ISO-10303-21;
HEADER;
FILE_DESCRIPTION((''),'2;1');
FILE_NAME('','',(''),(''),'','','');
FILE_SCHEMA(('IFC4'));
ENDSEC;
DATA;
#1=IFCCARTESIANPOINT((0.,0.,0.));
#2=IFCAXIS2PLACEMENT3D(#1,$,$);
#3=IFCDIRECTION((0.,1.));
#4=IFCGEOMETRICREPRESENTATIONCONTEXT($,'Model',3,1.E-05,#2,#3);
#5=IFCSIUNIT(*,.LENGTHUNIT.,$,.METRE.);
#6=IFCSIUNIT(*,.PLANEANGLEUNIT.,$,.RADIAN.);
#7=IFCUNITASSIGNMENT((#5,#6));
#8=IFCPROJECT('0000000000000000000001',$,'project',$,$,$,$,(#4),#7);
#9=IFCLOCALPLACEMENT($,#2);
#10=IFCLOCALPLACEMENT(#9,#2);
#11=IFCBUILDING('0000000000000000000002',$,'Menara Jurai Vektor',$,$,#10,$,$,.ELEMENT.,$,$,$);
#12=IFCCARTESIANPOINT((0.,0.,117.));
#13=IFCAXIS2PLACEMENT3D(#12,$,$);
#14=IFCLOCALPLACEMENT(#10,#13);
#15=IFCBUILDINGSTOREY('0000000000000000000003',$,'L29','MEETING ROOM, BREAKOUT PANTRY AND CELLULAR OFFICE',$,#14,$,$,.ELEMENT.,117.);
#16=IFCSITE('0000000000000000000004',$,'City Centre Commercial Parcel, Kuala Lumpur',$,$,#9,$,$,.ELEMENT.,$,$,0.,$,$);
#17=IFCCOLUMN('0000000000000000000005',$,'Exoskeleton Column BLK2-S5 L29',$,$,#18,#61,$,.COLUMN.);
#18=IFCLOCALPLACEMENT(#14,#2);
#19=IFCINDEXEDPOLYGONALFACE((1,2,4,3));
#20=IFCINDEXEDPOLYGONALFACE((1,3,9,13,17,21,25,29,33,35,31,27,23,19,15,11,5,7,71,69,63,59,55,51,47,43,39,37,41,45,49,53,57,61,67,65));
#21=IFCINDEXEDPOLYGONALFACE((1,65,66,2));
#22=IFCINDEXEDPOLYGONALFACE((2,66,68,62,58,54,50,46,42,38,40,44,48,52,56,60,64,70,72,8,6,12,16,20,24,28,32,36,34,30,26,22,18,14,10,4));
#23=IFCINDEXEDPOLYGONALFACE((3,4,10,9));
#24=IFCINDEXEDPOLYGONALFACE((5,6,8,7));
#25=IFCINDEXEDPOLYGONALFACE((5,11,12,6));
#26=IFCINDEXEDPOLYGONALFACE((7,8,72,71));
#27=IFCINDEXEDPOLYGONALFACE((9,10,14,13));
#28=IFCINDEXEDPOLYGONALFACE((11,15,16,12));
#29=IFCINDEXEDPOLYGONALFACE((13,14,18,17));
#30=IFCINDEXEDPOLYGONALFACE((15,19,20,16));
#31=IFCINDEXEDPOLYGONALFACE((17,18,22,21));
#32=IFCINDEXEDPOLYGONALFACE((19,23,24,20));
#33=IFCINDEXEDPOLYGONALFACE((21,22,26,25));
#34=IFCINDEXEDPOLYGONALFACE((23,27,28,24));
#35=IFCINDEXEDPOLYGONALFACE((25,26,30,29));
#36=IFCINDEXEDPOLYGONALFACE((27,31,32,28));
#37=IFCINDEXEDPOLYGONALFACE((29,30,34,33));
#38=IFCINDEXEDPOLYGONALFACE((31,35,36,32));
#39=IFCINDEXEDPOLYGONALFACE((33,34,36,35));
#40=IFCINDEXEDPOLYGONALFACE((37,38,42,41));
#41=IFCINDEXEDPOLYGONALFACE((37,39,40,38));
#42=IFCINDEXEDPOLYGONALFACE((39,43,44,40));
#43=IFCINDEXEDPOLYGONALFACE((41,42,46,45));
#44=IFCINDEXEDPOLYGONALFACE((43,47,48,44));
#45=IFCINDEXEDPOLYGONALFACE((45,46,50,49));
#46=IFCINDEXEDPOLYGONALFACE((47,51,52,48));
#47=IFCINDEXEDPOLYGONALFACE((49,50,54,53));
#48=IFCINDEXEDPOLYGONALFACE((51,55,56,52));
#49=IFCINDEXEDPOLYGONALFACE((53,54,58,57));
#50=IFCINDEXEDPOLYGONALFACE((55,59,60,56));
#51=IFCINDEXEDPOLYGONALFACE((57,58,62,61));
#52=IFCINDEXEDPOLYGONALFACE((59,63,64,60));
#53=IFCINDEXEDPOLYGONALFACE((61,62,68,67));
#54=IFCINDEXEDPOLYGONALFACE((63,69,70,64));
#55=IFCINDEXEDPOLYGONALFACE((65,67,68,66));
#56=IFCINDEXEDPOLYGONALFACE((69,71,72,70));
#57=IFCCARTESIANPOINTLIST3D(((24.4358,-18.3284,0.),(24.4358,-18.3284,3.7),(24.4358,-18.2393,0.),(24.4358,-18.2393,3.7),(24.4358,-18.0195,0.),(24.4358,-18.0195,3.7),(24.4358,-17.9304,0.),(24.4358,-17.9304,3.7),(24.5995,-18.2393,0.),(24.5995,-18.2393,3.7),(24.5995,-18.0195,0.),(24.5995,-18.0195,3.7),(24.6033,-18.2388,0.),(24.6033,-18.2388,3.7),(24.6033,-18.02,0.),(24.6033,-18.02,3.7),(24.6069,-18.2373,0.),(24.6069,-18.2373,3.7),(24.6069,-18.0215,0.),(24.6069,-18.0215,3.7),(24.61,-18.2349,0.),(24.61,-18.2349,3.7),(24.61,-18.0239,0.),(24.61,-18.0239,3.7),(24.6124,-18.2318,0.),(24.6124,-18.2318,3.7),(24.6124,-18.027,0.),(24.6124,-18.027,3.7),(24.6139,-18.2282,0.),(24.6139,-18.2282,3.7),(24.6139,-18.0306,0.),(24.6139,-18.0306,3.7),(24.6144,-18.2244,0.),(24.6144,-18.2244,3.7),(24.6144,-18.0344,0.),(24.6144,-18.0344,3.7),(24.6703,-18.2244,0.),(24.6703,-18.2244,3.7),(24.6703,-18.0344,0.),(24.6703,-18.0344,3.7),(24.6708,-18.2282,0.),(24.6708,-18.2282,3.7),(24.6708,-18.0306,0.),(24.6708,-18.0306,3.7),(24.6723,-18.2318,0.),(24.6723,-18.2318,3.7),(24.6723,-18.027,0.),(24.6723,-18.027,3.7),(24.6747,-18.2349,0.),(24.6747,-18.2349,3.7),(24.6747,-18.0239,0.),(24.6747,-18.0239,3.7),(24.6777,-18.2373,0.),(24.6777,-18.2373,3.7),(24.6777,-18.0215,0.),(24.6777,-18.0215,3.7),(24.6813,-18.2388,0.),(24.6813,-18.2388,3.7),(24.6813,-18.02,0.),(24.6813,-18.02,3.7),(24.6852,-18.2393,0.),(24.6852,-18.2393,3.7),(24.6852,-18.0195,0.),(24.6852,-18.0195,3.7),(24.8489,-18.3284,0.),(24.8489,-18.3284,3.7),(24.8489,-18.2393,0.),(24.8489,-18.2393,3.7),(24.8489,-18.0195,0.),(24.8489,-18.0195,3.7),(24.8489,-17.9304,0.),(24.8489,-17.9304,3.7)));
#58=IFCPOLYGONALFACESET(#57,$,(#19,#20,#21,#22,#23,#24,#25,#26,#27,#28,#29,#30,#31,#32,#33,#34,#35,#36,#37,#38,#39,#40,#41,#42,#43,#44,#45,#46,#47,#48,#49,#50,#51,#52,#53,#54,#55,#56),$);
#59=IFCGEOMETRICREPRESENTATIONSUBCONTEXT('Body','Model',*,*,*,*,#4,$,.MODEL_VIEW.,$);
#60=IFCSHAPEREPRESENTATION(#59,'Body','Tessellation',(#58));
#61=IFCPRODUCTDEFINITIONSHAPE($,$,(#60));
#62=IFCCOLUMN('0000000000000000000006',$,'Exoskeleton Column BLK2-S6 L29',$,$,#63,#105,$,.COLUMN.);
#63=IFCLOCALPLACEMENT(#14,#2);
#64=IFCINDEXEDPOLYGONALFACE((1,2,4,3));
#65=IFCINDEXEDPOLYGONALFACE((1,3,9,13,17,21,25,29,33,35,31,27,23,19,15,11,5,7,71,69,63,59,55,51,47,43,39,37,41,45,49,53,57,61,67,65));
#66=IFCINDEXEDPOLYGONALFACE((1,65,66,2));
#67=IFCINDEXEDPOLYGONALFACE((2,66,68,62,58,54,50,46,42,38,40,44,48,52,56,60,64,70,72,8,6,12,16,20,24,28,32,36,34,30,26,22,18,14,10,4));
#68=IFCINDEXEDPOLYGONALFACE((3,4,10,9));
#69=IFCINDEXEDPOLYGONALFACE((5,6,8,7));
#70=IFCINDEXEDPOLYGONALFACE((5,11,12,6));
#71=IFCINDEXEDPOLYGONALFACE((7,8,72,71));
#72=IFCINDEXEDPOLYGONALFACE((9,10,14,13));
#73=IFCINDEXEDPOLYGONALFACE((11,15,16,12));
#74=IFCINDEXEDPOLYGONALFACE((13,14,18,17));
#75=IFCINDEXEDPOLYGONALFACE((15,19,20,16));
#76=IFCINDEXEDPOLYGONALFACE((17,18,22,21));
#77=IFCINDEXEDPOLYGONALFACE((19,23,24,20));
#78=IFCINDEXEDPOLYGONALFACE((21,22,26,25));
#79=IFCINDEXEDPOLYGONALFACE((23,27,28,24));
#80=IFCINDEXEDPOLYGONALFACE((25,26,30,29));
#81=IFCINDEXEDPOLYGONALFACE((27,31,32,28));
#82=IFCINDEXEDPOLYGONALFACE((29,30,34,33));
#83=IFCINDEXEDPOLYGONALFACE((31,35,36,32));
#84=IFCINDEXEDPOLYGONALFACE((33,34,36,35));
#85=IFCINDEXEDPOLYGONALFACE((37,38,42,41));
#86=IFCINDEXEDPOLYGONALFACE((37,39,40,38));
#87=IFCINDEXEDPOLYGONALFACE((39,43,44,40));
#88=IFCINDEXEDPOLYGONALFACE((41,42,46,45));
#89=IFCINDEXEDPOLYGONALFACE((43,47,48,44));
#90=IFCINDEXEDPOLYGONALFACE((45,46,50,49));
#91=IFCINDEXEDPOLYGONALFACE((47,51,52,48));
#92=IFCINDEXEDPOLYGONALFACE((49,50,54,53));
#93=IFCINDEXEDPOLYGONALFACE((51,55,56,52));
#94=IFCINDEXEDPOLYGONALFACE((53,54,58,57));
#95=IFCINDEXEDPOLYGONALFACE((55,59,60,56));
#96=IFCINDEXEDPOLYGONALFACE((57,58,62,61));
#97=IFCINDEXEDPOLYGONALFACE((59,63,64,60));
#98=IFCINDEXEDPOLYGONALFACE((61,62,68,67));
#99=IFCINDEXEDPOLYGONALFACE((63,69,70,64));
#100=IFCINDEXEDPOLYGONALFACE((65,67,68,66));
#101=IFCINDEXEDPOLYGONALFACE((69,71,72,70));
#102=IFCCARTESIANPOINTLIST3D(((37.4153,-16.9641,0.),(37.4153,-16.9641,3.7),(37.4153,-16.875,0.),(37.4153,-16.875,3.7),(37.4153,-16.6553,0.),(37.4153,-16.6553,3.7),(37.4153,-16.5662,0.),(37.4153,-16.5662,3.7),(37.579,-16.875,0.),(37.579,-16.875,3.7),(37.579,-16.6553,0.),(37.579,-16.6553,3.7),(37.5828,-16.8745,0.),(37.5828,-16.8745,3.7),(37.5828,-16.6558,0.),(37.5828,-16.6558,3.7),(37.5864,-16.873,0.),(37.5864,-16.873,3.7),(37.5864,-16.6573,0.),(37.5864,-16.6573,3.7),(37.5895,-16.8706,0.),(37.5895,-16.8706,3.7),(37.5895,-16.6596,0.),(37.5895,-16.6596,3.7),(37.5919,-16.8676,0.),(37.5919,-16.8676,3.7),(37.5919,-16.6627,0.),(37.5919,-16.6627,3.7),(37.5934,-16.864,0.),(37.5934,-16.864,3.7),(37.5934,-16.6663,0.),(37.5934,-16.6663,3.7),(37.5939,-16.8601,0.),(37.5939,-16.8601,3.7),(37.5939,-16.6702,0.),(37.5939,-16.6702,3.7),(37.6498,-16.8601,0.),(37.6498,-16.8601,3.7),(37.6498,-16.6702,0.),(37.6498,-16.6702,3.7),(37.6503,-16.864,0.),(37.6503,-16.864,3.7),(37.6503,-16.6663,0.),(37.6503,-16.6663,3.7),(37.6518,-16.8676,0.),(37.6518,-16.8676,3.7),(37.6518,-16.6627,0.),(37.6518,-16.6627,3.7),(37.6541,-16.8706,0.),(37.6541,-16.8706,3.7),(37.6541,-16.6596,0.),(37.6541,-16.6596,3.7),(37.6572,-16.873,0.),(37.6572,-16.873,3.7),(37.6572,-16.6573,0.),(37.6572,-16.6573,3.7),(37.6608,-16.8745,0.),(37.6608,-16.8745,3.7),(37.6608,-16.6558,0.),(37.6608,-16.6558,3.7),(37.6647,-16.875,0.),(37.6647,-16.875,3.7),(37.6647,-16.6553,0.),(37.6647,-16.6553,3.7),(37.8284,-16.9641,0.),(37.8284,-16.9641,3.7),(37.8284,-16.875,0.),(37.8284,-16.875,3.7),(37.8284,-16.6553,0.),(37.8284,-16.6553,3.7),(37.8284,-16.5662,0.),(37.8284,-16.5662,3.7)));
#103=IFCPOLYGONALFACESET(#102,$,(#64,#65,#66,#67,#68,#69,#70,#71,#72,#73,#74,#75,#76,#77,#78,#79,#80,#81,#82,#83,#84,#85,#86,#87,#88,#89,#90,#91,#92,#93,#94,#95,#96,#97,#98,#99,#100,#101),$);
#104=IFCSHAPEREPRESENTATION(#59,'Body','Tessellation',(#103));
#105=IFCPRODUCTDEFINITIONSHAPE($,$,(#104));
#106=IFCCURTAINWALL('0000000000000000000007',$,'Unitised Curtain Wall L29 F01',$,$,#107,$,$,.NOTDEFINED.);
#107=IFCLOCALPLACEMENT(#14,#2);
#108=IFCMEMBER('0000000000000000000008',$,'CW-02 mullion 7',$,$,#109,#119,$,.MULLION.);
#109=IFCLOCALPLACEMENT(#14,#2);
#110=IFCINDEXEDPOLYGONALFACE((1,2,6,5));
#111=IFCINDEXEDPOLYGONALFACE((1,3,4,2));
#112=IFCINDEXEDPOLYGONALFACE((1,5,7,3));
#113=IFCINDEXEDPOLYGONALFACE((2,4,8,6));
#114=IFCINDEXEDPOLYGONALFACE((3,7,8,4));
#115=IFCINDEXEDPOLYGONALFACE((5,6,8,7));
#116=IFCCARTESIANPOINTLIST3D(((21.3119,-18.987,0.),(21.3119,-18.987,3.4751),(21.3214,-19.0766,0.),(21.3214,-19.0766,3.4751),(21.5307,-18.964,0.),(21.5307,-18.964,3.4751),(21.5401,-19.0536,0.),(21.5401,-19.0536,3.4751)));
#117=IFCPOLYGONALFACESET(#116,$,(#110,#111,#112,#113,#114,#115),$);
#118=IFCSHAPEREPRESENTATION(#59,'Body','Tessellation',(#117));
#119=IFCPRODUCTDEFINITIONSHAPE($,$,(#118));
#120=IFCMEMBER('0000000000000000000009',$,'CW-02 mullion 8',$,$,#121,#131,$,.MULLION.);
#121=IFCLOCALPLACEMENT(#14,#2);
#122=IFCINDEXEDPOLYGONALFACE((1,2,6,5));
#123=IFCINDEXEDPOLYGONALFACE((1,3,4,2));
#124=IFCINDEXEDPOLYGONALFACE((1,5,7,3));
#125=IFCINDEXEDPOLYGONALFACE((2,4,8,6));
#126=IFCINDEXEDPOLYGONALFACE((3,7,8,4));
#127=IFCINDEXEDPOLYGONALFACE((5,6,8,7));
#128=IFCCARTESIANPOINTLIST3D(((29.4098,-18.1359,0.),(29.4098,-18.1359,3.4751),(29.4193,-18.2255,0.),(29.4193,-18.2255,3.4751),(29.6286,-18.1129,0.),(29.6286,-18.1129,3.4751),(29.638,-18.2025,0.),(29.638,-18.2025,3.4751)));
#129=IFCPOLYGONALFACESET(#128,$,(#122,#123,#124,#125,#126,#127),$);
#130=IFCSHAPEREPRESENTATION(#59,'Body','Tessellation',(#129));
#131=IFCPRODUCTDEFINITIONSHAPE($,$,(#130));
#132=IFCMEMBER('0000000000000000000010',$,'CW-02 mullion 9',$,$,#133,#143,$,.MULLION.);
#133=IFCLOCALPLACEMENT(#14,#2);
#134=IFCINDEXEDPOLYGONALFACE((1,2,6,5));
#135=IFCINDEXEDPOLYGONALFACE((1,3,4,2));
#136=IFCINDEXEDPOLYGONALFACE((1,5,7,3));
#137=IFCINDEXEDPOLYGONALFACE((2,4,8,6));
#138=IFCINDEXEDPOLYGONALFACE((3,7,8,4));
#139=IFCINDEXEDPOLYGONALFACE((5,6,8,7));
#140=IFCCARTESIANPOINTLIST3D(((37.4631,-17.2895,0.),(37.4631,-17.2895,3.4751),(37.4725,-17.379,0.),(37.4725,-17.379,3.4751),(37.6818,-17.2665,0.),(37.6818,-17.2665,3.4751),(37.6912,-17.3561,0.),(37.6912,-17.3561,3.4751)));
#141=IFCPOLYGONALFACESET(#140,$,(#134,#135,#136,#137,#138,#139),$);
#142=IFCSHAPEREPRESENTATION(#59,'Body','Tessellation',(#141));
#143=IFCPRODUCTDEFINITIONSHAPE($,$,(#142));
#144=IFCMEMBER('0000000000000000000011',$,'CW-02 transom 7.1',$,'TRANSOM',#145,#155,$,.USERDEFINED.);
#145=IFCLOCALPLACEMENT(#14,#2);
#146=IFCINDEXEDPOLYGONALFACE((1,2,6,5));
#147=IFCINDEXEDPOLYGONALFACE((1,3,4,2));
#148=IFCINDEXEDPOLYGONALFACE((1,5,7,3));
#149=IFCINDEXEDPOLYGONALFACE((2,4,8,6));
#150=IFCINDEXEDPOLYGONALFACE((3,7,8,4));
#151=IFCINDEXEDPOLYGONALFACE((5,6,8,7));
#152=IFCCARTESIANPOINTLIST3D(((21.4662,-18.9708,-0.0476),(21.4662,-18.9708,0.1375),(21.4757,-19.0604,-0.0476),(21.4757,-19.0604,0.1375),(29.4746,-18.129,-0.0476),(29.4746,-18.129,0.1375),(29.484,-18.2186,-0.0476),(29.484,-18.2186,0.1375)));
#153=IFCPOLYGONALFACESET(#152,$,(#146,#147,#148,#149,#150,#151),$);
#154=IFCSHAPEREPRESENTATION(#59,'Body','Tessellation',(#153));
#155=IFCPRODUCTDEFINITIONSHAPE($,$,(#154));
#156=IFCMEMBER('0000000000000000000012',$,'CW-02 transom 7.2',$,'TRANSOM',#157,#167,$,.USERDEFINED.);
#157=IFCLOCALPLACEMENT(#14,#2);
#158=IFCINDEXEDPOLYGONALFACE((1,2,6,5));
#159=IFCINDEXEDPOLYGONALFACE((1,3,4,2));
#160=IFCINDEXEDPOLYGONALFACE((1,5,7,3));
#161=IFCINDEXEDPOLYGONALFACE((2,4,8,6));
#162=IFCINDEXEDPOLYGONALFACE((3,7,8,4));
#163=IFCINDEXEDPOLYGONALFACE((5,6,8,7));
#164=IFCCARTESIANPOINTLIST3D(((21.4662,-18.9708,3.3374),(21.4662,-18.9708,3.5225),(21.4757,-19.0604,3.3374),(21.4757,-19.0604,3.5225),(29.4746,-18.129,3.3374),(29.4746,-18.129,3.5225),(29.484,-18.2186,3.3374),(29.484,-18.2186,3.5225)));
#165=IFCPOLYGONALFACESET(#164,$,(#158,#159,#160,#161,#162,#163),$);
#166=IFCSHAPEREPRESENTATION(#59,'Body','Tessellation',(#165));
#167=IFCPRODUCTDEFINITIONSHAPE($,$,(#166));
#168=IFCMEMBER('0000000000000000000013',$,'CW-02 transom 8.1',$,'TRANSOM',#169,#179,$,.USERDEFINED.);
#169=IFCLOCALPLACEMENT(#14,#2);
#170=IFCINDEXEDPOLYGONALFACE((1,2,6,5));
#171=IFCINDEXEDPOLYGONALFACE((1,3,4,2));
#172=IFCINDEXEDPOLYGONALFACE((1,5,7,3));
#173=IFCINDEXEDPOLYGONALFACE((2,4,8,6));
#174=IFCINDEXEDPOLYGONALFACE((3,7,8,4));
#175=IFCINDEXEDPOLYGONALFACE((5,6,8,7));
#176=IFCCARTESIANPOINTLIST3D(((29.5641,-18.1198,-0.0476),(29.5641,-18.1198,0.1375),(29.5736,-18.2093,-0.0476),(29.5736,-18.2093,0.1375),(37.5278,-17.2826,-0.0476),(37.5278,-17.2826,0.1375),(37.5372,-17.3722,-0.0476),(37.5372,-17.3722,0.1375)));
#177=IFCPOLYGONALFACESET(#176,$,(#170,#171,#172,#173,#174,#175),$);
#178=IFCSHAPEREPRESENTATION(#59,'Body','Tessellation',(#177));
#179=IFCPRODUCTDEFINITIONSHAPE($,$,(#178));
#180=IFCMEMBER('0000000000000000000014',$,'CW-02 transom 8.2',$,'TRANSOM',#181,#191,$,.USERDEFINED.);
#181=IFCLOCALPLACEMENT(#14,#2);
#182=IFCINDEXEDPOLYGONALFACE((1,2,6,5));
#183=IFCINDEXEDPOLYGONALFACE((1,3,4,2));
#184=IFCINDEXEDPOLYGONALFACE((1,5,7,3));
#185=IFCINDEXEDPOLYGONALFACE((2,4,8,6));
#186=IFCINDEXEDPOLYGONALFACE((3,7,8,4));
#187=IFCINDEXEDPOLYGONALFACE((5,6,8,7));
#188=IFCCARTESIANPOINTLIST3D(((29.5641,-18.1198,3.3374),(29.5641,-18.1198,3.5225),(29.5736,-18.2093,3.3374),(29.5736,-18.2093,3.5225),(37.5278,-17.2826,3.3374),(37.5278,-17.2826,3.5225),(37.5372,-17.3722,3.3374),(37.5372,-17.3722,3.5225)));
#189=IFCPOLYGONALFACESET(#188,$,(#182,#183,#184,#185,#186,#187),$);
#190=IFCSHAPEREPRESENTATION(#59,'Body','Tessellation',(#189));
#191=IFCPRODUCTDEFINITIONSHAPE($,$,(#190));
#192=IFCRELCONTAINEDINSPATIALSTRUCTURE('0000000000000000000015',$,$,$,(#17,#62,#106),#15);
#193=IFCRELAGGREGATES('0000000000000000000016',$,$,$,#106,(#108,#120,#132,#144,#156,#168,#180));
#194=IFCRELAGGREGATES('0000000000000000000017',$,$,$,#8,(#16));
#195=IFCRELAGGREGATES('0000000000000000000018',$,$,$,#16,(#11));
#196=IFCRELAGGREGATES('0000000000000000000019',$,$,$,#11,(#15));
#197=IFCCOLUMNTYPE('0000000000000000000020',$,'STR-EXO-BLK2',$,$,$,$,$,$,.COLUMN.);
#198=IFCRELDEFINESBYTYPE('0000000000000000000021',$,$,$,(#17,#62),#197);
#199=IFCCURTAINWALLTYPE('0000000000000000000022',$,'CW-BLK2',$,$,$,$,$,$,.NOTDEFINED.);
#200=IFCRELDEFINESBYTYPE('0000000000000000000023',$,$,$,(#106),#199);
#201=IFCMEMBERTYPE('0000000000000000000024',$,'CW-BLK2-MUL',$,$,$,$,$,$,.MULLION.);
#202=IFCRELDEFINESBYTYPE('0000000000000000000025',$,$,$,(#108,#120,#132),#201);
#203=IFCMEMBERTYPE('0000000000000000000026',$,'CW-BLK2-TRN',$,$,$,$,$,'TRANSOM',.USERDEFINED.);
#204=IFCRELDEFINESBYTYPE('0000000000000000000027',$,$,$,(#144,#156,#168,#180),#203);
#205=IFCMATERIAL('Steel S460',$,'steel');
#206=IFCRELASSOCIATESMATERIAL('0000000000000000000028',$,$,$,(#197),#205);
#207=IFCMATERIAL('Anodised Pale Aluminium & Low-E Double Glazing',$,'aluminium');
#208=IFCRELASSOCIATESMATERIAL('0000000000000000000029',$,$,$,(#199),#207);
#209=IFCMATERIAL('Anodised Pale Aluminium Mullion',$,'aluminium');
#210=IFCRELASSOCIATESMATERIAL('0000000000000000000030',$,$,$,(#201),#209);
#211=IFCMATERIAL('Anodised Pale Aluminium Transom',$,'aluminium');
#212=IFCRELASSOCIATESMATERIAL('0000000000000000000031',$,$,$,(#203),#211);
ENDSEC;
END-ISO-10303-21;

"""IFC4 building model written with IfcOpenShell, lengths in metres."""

from ifc_helpers import new_model, si_unit, direction, frame, origin, origin_2d, place, context, subcontext, project, spatial, rectangle, i_section, extrude, material, material_profile, profile_set, type_object, element, aggregate, save


model = new_model("IFC4")

# Units and contexts
model_context = context("Model", 3, precision=1e-05, world=origin(), true_north=direction((0.0, 1.0)))
body_context = subcontext(model_context, "Body", "Model", "MODEL_VIEW")
ifc_project = project(units=[si_unit("LENGTHUNIT", "METRE"), si_unit("PLANEANGLEUNIT", "RADIAN")], contexts=[model_context])

# Site, building, storey
site_placement = place(None, origin())
site = spatial("IfcSite", under=ifc_project, at=site_placement, Name="City Centre Commercial Parcel, Kuala Lumpur", CompositionType="ELEMENT", RefElevation=0.0)
building_placement = place(site_placement, origin())
building = spatial("IfcBuilding", under=site, at=building_placement, Name="Menara Jurai Vektor", CompositionType="ELEMENT")
storey_placement = place(building_placement, frame((0.0, 0.0, 117.0)))
storey = spatial("IfcBuildingStorey", under=building, at=storey_placement, Name="L29", Description="MEETING ROOM, BREAKOUT PANTRY AND CELLULAR OFFICE", CompositionType="ELEMENT", Elevation=117.0)

# Columns
ifc_material_1 = material(Name="Steel S460", Category="steel")
ifc_material_profile_1 = material_profile(ifc_material_1, i_section(OverallWidth=0.4131, OverallDepth=0.3979, WebThickness=0.0559, FlangeThickness=0.0891, FilletRadius=0.0149, at=origin_2d()), Name="HD 400x744")
ifc_profile_set_1 = profile_set([ifc_material_profile_1], Name="Steel S460")
column_type = type_object("IfcColumnType", Name="STR-EXO-BLK2", PredefinedType="COLUMN", material=ifc_profile_set_1)
for number, where, z_axis, x_axis, name in (
    (1, (24.6423, -18.1294, 0.0), (0.0, 0.0, 1.0), (1.0, 0.0, 0.0), "Exoskeleton Column BLK2-S5 L29"),
    (2, (37.6218, -16.7651, 0.0), (0.0, 0.0, 1.0), (1.0, 0.0, 0.0), "Exoskeleton Column BLK2-S6 L29"),
):
    element("IfcColumn", number, at=place(storey_placement, frame(where, z_axis=z_axis, x_axis=x_axis)), inside=storey, type_object=column_type, Name=name, PredefinedType="COLUMN", context=body_context, shape_type="SweptSolid", body=[
        extrude(i_section(OverallWidth=0.4131, OverallDepth=0.3979, WebThickness=0.0559, FlangeThickness=0.0891, FilletRadius=0.0149, at=origin_2d()), origin(), (0.0, 0.0, 1.0), 3.7),
    ])

# Curtain wall, members
ifc_material_2 = material(Name="Anodised Pale Aluminium & Low-E Double Glazing", Category="aluminium")
curtain_wall_type = type_object("IfcCurtainWallType", Name="CW-BLK2", PredefinedType="NOTDEFINED", material=ifc_material_2)
curtain_wall_placement = place(storey_placement, origin())
curtain_wall = element("IfcCurtainWall", 3, at=curtain_wall_placement, inside=storey, type_object=curtain_wall_type, Name="Unitised Curtain Wall L29 F01", PredefinedType="NOTDEFINED")
ifc_material_3 = material(Name="Anodised Pale Aluminium Mullion", Category="aluminium")
ifc_material_profile_2 = material_profile(ifc_material_3, rectangle(XDim=0.0901, YDim=0.22, at=origin_2d()), Name="ALU MUL 90x220")
ifc_profile_set_2 = profile_set([ifc_material_profile_2], Name="Anodised Pale Aluminium Mullion")
member_type_1 = type_object("IfcMemberType", Name="CW-BLK2-MUL", PredefinedType="MULLION", material=ifc_profile_set_2)
member_1_placement = place(storey_placement, frame((21.426, -19.0203, 0.0), z_axis=(0.0, 0.0, 1.0), x_axis=(-0.104529, 0.994522, 0.0)))
member_1 = element("IfcMember", 4, at=member_1_placement, type_object=member_type_1, Name="CW-02 mullion 7", PredefinedType="MULLION", context=body_context, shape_type="SweptSolid", body=[
    extrude(rectangle(XDim=0.0901, YDim=0.22, at=origin_2d()), origin(), (0.0, 0.0, 1.0), 3.4751),
])
member_2_placement = place(storey_placement, frame((29.5239, -18.1692, 0.0), z_axis=(0.0, 0.0, 1.0), x_axis=(-0.104529, 0.994522, 0.0)))
member_2 = element("IfcMember", 5, at=member_2_placement, type_object=member_type_1, Name="CW-02 mullion 8", PredefinedType="MULLION", context=body_context, shape_type="SweptSolid", body=[
    extrude(rectangle(XDim=0.0901, YDim=0.22, at=origin_2d()), origin(), (0.0, 0.0, 1.0), 3.4751),
])
member_3_placement = place(storey_placement, frame((37.5771, -17.3228, 0.0), z_axis=(0.0, 0.0, 1.0), x_axis=(-0.104529, 0.994522, 0.0)))
member_3 = element("IfcMember", 6, at=member_3_placement, type_object=member_type_1, Name="CW-02 mullion 9", PredefinedType="MULLION", context=body_context, shape_type="SweptSolid", body=[
    extrude(rectangle(XDim=0.0901, YDim=0.22, at=origin_2d()), origin(), (0.0, 0.0, 1.0), 3.4751),
])
ifc_material_4 = material(Name="Anodised Pale Aluminium Transom", Category="aluminium")
ifc_material_profile_3 = material_profile(ifc_material_4, rectangle(XDim=0.0901, YDim=0.1851, at=origin_2d()), Name="ALU TRN 90x185")
ifc_profile_set_3 = profile_set([ifc_material_profile_3], Name="Anodised Pale Aluminium Transom")
member_type_2 = type_object("IfcMemberType", Name="CW-BLK2-TRN", ElementType="TRANSOM", PredefinedType="USERDEFINED", material=ifc_profile_set_3)
member_4_placement = place(storey_placement, frame((21.4709, -19.0156, 0.0449), z_axis=(0.994521, 0.10454, 0.0), x_axis=(-0.10454, 0.994521, 0.0)))
member_4 = element("IfcMember", 7, at=member_4_placement, type_object=member_type_2, Name="CW-02 transom 7.1", ObjectType="TRANSOM", PredefinedType="USERDEFINED", context=body_context, shape_type="SweptSolid", body=[
    extrude(rectangle(XDim=0.0901, YDim=0.1851, at=origin_2d()), origin(), (0.0, 0.0, 1.0), 8.0525),
])
member_5_placement = place(storey_placement, frame((21.4709, -19.0156, 3.4299), z_axis=(0.994521, 0.10454, 0.0), x_axis=(-0.10454, 0.994521, 0.0)))
member_5 = element("IfcMember", 8, at=member_5_placement, type_object=member_type_2, Name="CW-02 transom 7.2", ObjectType="TRANSOM", PredefinedType="USERDEFINED", context=body_context, shape_type="SweptSolid", body=[
    extrude(rectangle(XDim=0.0901, YDim=0.1851, at=origin_2d()), origin(), (0.0, 0.0, 1.0), 8.0525),
])
member_6_placement = place(storey_placement, frame((29.5688, -18.1646, 0.0449), z_axis=(0.99452, 0.104547, 0.0), x_axis=(-0.104547, 0.99452, 0.0)))
member_6 = element("IfcMember", 9, at=member_6_placement, type_object=member_type_2, Name="CW-02 transom 8.1", ObjectType="TRANSOM", PredefinedType="USERDEFINED", context=body_context, shape_type="SweptSolid", body=[
    extrude(rectangle(XDim=0.0901, YDim=0.1851, at=origin_2d()), origin(), (0.0, 0.0, 1.0), 8.0076),
])
member_7_placement = place(storey_placement, frame((29.5688, -18.1646, 3.4299), z_axis=(0.99452, 0.104547, 0.0), x_axis=(-0.104547, 0.99452, 0.0)))
member_7 = element("IfcMember", 10, at=member_7_placement, type_object=member_type_2, Name="CW-02 transom 8.2", ObjectType="TRANSOM", PredefinedType="USERDEFINED", context=body_context, shape_type="SweptSolid", body=[
    extrude(rectangle(XDim=0.0901, YDim=0.1851, at=origin_2d()), origin(), (0.0, 0.0, 1.0), 8.0076),
])

aggregate(curtain_wall, [member_1, member_2, member_3, member_4, member_5, member_6, member_7])

save(model, "model.ifc")
